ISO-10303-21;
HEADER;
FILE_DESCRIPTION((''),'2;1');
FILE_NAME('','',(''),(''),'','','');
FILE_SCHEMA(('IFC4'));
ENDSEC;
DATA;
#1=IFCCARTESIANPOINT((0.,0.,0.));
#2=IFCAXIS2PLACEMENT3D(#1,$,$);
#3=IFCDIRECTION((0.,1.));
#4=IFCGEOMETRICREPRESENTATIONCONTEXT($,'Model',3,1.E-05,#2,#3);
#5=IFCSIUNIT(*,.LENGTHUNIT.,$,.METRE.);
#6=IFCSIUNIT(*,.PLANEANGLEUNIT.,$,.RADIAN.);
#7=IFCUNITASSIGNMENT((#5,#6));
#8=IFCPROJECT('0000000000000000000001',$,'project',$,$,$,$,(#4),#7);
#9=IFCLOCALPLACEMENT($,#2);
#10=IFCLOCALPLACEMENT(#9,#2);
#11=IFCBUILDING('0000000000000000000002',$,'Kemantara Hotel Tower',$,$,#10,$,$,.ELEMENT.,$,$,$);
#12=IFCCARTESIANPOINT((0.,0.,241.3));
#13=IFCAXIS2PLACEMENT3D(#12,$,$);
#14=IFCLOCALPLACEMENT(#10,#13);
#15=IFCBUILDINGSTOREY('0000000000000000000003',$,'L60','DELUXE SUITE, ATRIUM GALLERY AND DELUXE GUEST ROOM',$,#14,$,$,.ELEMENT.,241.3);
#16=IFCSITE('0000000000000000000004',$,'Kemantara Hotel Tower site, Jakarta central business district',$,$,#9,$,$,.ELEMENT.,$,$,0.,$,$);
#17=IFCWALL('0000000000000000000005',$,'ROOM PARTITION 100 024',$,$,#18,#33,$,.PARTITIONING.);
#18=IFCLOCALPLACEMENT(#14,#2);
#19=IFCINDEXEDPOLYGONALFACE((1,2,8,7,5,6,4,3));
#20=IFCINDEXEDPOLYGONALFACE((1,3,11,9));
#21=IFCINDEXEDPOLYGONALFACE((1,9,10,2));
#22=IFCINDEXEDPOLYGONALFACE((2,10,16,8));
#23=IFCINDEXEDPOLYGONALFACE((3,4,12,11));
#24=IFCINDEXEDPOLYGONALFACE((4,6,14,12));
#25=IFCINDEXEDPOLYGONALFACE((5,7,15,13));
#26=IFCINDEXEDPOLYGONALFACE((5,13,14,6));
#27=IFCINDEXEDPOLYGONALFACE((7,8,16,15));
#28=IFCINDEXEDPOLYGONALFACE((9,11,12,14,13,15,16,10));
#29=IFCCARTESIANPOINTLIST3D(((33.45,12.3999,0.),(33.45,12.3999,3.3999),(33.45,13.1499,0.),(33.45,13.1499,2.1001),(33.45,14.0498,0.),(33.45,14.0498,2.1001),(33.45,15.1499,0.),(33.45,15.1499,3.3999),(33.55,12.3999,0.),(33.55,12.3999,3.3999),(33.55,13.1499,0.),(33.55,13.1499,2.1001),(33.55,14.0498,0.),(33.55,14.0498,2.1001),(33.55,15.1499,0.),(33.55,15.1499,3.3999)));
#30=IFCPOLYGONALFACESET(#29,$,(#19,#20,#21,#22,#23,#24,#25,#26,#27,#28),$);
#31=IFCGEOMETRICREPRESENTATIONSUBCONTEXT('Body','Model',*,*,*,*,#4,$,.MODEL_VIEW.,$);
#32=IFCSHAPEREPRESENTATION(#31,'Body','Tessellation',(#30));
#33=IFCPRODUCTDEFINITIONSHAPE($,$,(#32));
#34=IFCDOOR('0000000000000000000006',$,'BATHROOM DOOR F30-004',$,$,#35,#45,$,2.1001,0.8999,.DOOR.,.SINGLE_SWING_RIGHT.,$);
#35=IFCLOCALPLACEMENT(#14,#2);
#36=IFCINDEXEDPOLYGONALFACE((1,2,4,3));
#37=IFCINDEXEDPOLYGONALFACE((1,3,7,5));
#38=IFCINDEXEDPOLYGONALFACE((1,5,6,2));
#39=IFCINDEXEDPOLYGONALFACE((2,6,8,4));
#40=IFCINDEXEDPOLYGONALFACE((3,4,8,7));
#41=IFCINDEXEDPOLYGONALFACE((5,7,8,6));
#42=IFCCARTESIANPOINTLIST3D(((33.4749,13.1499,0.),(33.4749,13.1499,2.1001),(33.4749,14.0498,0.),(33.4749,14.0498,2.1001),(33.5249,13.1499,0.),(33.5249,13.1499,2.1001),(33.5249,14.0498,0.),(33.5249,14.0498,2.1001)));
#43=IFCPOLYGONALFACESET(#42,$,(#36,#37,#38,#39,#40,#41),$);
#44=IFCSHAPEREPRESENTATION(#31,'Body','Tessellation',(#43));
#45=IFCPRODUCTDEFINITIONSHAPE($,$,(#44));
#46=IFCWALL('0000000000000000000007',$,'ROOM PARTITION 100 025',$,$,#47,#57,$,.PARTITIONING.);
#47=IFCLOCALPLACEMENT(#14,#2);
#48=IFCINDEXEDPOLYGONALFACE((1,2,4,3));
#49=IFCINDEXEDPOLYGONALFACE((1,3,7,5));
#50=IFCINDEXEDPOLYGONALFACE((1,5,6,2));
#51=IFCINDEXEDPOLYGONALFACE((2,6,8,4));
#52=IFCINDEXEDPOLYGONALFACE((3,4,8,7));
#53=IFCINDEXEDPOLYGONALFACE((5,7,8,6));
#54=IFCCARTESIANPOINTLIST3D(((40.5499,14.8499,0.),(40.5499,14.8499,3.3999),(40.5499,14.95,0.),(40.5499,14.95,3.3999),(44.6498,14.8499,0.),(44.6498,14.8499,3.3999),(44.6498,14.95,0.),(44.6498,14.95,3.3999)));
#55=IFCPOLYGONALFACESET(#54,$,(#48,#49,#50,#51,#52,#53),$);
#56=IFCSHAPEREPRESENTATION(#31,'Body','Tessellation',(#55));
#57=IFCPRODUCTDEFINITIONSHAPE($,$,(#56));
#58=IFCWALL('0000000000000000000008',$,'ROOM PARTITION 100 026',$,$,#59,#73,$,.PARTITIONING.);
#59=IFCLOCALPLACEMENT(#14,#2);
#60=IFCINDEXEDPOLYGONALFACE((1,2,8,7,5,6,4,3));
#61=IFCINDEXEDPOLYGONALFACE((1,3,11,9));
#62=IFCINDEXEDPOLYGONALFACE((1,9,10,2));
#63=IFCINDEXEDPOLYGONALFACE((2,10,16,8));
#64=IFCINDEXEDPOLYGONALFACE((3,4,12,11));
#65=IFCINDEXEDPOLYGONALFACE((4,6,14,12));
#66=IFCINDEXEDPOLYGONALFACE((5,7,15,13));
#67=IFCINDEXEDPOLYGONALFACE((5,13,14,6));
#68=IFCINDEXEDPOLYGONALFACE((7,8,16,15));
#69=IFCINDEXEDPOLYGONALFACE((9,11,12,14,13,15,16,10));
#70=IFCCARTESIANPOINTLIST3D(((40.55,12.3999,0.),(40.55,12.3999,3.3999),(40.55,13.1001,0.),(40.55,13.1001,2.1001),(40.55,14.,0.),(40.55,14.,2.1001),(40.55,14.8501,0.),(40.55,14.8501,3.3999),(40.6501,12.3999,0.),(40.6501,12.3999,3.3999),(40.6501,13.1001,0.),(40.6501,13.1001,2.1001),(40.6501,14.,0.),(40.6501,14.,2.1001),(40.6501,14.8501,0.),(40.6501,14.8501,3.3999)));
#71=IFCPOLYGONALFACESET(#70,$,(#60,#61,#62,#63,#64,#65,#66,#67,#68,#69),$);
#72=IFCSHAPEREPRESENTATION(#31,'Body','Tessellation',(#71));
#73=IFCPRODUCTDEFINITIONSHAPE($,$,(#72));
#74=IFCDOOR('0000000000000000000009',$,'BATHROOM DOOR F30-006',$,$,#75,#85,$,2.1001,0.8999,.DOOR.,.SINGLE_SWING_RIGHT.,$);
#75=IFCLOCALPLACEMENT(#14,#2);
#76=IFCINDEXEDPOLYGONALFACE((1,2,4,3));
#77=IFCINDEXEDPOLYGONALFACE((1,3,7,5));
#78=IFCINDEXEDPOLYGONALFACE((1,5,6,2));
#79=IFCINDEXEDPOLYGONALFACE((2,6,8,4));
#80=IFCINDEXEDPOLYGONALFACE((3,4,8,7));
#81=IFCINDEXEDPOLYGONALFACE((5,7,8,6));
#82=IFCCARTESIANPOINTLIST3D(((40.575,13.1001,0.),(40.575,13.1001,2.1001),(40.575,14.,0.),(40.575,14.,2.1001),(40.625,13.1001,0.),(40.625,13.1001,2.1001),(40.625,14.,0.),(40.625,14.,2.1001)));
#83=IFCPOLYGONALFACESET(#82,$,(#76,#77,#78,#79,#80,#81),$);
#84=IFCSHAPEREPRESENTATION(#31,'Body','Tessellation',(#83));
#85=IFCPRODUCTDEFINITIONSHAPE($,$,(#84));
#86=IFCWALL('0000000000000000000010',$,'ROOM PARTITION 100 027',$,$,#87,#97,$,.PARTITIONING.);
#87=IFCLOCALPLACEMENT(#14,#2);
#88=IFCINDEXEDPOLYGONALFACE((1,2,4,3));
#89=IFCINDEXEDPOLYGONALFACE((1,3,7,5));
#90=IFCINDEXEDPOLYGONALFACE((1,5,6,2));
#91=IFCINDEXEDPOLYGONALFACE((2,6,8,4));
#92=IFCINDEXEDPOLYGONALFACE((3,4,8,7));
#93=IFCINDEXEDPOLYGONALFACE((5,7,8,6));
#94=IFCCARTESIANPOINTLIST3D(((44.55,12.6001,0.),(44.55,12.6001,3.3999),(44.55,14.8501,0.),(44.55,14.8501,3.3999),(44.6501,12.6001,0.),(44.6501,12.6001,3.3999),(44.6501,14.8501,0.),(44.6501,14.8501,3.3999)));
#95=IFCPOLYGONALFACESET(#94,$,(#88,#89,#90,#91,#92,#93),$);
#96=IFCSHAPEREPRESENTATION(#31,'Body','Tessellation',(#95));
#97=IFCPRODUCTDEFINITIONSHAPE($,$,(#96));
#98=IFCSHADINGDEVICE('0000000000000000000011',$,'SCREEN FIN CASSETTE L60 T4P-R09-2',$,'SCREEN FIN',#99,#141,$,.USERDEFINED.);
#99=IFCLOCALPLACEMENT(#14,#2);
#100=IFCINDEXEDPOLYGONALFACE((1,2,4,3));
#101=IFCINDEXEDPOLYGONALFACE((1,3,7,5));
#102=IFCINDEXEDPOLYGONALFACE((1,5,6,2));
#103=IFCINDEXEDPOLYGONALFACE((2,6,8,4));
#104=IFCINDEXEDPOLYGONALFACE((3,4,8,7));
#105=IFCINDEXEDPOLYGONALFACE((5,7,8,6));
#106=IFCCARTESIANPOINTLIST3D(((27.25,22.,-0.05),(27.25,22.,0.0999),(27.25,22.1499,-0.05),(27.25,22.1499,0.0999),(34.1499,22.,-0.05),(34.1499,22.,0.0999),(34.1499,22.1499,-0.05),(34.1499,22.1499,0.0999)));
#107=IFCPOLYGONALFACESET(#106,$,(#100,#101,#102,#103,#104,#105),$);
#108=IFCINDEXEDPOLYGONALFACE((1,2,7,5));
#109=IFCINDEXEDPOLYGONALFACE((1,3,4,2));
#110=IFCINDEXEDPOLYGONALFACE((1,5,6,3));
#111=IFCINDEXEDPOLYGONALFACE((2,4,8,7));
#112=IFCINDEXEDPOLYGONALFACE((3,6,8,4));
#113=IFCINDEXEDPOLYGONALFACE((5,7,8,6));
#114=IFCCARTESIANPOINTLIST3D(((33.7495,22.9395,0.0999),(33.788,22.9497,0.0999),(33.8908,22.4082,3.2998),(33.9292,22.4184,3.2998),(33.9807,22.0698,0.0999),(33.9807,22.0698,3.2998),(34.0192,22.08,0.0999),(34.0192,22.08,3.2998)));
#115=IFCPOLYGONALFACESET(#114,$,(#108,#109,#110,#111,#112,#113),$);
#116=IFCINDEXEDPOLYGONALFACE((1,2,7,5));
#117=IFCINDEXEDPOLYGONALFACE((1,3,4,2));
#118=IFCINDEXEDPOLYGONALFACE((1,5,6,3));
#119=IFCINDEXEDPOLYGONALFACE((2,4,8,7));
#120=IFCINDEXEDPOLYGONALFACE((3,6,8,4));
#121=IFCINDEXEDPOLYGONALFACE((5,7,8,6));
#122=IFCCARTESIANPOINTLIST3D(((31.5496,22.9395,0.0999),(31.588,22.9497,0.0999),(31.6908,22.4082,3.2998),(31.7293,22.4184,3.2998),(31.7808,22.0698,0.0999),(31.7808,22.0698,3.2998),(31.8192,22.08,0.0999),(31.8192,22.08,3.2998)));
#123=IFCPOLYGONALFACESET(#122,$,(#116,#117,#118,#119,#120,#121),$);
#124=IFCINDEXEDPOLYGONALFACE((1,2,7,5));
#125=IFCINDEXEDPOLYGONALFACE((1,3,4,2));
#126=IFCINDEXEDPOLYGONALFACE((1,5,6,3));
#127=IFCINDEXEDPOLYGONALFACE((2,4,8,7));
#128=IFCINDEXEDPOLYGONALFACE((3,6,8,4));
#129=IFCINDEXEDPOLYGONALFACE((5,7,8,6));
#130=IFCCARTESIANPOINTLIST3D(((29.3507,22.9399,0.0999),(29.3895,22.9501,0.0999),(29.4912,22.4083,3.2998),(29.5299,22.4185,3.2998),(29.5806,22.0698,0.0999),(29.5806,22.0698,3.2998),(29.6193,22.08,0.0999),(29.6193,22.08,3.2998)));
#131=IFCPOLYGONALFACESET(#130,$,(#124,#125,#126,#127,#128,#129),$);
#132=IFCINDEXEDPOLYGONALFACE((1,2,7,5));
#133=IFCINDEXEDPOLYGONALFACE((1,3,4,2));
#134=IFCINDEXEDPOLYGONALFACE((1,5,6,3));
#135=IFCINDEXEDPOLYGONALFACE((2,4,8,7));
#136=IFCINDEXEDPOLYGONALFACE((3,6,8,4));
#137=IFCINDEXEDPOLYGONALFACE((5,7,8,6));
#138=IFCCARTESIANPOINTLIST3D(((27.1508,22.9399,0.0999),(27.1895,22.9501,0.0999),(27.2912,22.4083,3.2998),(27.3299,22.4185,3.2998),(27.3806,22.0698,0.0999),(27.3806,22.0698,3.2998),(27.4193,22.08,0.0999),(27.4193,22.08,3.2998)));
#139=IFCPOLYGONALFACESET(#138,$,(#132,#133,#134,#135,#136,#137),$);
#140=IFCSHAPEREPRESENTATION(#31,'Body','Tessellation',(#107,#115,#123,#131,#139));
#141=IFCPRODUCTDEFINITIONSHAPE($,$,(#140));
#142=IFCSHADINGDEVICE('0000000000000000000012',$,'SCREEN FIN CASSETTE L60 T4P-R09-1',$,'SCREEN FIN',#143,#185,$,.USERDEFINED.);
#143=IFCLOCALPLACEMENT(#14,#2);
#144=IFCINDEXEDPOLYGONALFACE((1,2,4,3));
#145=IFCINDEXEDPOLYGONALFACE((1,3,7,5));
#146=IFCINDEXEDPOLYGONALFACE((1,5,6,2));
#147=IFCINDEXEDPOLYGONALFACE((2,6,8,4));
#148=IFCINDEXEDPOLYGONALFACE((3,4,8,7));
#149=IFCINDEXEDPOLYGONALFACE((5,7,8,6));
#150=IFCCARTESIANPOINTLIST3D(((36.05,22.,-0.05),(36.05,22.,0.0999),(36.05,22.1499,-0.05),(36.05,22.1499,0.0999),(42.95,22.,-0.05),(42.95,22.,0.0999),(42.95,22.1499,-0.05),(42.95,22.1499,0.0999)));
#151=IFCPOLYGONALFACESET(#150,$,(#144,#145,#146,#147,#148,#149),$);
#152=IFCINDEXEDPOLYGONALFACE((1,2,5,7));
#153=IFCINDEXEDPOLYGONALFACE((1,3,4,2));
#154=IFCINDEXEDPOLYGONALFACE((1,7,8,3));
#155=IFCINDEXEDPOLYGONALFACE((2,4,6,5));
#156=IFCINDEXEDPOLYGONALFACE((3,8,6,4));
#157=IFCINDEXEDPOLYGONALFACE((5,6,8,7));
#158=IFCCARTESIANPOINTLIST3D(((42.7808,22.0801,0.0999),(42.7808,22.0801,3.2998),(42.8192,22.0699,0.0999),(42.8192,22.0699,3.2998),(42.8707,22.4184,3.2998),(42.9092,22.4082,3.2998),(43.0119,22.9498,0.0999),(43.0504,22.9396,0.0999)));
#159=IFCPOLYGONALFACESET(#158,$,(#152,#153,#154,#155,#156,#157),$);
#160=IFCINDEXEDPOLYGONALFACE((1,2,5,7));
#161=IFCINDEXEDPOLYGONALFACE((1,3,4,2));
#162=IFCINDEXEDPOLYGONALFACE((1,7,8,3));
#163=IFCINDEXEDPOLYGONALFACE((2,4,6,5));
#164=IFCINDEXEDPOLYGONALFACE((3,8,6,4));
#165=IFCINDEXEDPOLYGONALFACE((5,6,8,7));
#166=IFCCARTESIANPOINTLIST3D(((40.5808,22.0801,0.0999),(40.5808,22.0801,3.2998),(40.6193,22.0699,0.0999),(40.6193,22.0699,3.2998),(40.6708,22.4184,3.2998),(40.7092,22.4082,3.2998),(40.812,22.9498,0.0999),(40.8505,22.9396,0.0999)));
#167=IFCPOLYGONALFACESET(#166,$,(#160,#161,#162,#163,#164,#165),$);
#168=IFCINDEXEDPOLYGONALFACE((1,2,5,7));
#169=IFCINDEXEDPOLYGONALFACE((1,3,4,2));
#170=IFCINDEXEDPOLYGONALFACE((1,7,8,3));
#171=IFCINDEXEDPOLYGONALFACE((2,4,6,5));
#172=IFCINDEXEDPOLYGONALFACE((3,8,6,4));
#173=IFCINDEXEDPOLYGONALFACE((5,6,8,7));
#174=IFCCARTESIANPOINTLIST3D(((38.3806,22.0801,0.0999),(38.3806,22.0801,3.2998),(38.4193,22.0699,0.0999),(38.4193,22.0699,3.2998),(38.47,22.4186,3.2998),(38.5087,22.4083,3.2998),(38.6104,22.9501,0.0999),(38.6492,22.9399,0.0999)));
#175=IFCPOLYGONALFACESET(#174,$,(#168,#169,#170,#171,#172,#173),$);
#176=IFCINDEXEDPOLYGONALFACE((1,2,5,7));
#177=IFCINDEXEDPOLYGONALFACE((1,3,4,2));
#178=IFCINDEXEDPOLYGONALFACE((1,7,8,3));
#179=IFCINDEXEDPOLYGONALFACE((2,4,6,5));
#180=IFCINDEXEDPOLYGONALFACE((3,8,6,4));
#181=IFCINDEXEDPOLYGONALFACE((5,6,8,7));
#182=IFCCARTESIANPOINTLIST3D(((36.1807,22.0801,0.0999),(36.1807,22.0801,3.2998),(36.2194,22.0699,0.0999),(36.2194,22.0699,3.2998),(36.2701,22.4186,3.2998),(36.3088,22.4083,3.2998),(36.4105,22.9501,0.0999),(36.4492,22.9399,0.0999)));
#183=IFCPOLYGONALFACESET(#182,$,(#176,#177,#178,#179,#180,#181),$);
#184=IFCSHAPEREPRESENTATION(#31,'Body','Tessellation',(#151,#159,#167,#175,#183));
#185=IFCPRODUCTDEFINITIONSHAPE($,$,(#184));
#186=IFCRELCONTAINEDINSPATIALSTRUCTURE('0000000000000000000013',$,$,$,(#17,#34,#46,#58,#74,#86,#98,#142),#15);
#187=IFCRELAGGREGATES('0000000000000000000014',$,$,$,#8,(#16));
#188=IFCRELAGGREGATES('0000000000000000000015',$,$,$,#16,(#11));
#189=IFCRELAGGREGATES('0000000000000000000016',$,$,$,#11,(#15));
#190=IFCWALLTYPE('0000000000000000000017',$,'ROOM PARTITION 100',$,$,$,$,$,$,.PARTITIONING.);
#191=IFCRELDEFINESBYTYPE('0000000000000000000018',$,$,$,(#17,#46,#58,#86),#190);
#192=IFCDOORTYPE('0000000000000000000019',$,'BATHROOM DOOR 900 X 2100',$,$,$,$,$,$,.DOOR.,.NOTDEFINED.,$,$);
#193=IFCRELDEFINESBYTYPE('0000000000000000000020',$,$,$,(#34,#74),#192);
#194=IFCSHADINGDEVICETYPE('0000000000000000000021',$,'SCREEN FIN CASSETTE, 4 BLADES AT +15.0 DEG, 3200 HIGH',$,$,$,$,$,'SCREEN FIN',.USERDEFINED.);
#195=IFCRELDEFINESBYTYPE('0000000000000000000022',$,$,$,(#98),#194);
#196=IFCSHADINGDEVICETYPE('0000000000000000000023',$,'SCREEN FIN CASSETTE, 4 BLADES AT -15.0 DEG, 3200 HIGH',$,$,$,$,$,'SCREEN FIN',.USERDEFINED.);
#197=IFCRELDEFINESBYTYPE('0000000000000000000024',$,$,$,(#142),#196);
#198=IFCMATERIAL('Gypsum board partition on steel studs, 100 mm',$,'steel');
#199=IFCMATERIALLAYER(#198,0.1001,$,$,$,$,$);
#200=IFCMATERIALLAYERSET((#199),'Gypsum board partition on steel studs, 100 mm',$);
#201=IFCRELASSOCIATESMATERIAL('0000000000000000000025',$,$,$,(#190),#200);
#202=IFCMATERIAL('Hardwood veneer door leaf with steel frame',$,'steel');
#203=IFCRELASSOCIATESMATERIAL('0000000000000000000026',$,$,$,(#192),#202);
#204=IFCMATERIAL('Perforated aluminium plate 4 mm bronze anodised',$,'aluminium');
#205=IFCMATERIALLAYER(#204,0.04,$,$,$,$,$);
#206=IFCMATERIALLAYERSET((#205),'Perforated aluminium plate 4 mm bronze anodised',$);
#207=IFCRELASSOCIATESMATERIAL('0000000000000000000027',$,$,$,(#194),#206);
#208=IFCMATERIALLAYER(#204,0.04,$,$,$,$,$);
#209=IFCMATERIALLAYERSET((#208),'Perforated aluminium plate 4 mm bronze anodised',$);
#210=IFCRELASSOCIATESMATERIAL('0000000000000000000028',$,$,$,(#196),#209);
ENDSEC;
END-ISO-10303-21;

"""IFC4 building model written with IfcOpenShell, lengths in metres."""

from ifc_helpers import new_model, si_unit, direction, frame, frame_2d, origin, origin_2d, place, context, subcontext, project, spatial, polyline, rectangle, outline, extrude, source, transform, mapped, material, layer, layer_set, type_object, element, fill, save


model = new_model("IFC4")

# Units and contexts
model_context = context("Model", 3, precision=1e-05, world=origin(), true_north=direction((0.0, 1.0)))
body_context = subcontext(model_context, "Body", "Model", "MODEL_VIEW")
ifc_project = project(units=[si_unit("LENGTHUNIT", "METRE"), si_unit("PLANEANGLEUNIT", "RADIAN")], contexts=[model_context])

# Site, building, storey
site_placement = place(None, origin())
site = spatial("IfcSite", under=ifc_project, at=site_placement, Name="Kemantara Hotel Tower site, Jakarta central business district", CompositionType="ELEMENT", RefElevation=0.0)
building_placement = place(site_placement, origin())
building = spatial("IfcBuilding", under=site, at=building_placement, Name="Kemantara Hotel Tower", CompositionType="ELEMENT")
storey_placement = place(building_placement, frame((0.0, 0.0, 241.3)))
storey = spatial("IfcBuildingStorey", under=building, at=storey_placement, Name="L60", Description="DELUXE SUITE, ATRIUM GALLERY AND DELUXE GUEST ROOM", CompositionType="ELEMENT", Elevation=241.3)

# Shared definitions
ifc_material_1 = material(Name="Gypsum board partition on steel studs, 100 mm", Category="steel")
ifc_layer_1 = layer(ifc_material_1, 0.1001)
ifc_layer_set_1 = layer_set([ifc_layer_1], Name="Gypsum board partition on steel studs, 100 mm")
wall_type_1 = type_object("IfcWallType", Name="ROOM PARTITION 100", PredefinedType="PARTITIONING", material=ifc_layer_set_1)

# Wall, opening, door
wall_1_placement = place(storey_placement, frame((33.5, 15.1499, 0.0), z_axis=(0.0, 0.0, 1.0), x_axis=(0.0, -1.0, 0.0)))
wall_1 = element("IfcWall", 1, at=wall_1_placement, inside=storey, type_object=wall_type_1, Name="ROOM PARTITION 100 024", PredefinedType="PARTITIONING", context=body_context, shape_type="SweptSolid", body=[
    extrude(rectangle(XDim=2.75, YDim=0.1001, at=frame_2d((1.375, 0.0))), origin(), (0.0, 0.0, 1.0), 3.3999),
])
opening_1_placement = place(wall_1_placement, frame((1.1001, 0.0, 0.0)))
opening_1 = element("IfcOpeningElement", 2, at=opening_1_placement, cuts=wall_1, PredefinedType="OPENING", context=body_context, shape_type="SweptSolid", body=[
    extrude(rectangle(XDim=0.8999, YDim=2.1001, at=frame_2d((0.45, 1.05))), frame((0.0, 0.0601, 0.0), z_axis=(0.0, -1.0, 0.0), x_axis=(1.0, 0.0, 0.0)), (0.0, 0.0, 1.0), 0.1201),
])
ifc_material_2 = material(Name="Hardwood veneer door leaf with steel frame", Category="steel")
door_type = type_object("IfcDoorType", Name="BATHROOM DOOR 900 X 2100", OperationType="NOTDEFINED", PredefinedType="DOOR", material=ifc_material_2)
door_1_placement = place(opening_1_placement, origin())
door_1 = element("IfcDoor", 3, at=door_1_placement, inside=storey, type_object=door_type, Name="BATHROOM DOOR F30-004", OperationType="SINGLE_SWING_RIGHT", OverallHeight=2.1001, OverallWidth=0.8999, PredefinedType="DOOR", context=body_context, shape_type="SweptSolid", body=[
    extrude(rectangle(XDim=0.8999, YDim=2.1001, at=frame_2d((0.45, 1.05))), frame((0.0, 0.0249, 0.0), z_axis=(0.0, -1.0, 0.0), x_axis=(1.0, 0.0, 0.0)), (0.0, 0.0, 1.0), 0.05),
])
fill(opening_1, door_1)

# Wall
wall_2_placement = place(storey_placement, frame((40.55, 14.8999, 0.0), z_axis=(0.0, 0.0, 1.0), x_axis=(1.0, 0.0, 0.0)))
element("IfcWall", 4, at=wall_2_placement, inside=storey, type_object=wall_type_1, Name="ROOM PARTITION 100 025", PredefinedType="PARTITIONING", context=body_context, shape_type="SweptSolid", body=[
    extrude(rectangle(XDim=4.0999, YDim=0.1001, at=frame_2d((2.0498, 0.0))), origin(), (0.0, 0.0, 1.0), 3.3999),
])

# Wall, opening, door
wall_3_placement = place(storey_placement, frame((40.6001, 14.8501, 0.0), z_axis=(0.0, 0.0, 1.0), x_axis=(0.0, -1.0, 0.0)))
wall_3 = element("IfcWall", 5, at=wall_3_placement, inside=storey, type_object=wall_type_1, Name="ROOM PARTITION 100 026", PredefinedType="PARTITIONING", context=body_context, shape_type="SweptSolid", body=[
    extrude(rectangle(XDim=2.4502, YDim=0.1001, at=frame_2d((1.2251, 0.0))), origin(), (0.0, 0.0, 1.0), 3.3999),
])
opening_2_placement = place(wall_3_placement, frame((0.8501, 0.0, 0.0)))
opening_2 = element("IfcOpeningElement", 6, at=opening_2_placement, cuts=wall_3, PredefinedType="OPENING", context=body_context, shape_type="SweptSolid", body=[
    extrude(rectangle(XDim=0.8999, YDim=2.1001, at=frame_2d((0.45, 1.05))), frame((0.0, 0.0601, 0.0), z_axis=(0.0, -1.0, 0.0), x_axis=(1.0, 0.0, 0.0)), (0.0, 0.0, 1.0), 0.1201),
])
door_2_placement = place(opening_2_placement, origin())
door_2 = element("IfcDoor", 7, at=door_2_placement, inside=storey, type_object=door_type, Name="BATHROOM DOOR F30-006", OperationType="SINGLE_SWING_RIGHT", OverallHeight=2.1001, OverallWidth=0.8999, PredefinedType="DOOR", context=body_context, shape_type="SweptSolid", body=[
    extrude(rectangle(XDim=0.8999, YDim=2.1001, at=frame_2d((0.45, 1.05))), frame((0.0, 0.0249, 0.0), z_axis=(0.0, -1.0, 0.0), x_axis=(1.0, 0.0, 0.0)), (0.0, 0.0, 1.0), 0.05),
])
fill(opening_2, door_2)

# Wall
wall_4_placement = place(storey_placement, frame((44.6001, 12.6001, 0.0), z_axis=(0.0, 0.0, 1.0), x_axis=(0.0, 1.0, 0.0)))
element("IfcWall", 8, at=wall_4_placement, inside=storey, type_object=wall_type_1, Name="ROOM PARTITION 100 027", PredefinedType="PARTITIONING", context=body_context, shape_type="SweptSolid", body=[
    extrude(rectangle(XDim=2.25, YDim=0.1001, at=frame_2d((1.125, 0.0))), origin(), (0.0, 0.0, 1.0), 3.3999),
])

# Shading devices
ifc_material_3 = material(Name="Perforated aluminium plate 4 mm bronze anodised", Category="aluminium")
ifc_layer_2 = layer(ifc_material_3, 0.04)
ifc_layer_set_2 = layer_set([ifc_layer_2], Name="Perforated aluminium plate 4 mm bronze anodised")
shading_device_type_1 = type_object("IfcShadingDeviceType", Name="SCREEN FIN CASSETTE, 4 BLADES AT +15.0 DEG, 3200 HIGH", ElementType="SCREEN FIN", PredefinedType="USERDEFINED", material=ifc_layer_set_2)
shared_shape_1 = source(origin(), body_context, "Body", "SweptSolid", [
    extrude(rectangle(XDim=6.8999, YDim=0.1499, at=origin_2d()), frame((3.3, -0.075, -0.1499), z_axis=(0.0, 0.0, 1.0), x_axis=(1.0, 0.0, 0.0)), (0.0, 0.0, 1.0), 0.1499),
    extrude(outline(polyline([(0.0, 0.0), (0.8999, 0.0), (0.3501, 3.2), (0.0, 3.2), (0.0, 0.0)])), frame((0.0193, -0.0698, 0.0), z_axis=(-0.966438, -0.256901, 0.0), x_axis=(0.256901, -0.966438, 0.0)), (0.0, 0.0, 1.0), 0.0398),
    extrude(outline(polyline([(0.0, 0.0), (0.8999, 0.0), (0.3501, 3.2), (0.0, 3.2), (0.0, 0.0)])), frame((2.2192, -0.0698, 0.0), z_axis=(-0.966438, -0.256901, 0.0), x_axis=(0.256901, -0.966438, 0.0)), (0.0, 0.0, 1.0), 0.0398),
    extrude(outline(polyline([(0.0, 0.0), (0.8999, 0.0), (0.3501, 3.2), (0.0, 3.2), (0.0, 0.0)])), frame((4.4194, -0.0698, 0.0), z_axis=(-0.966838, -0.255391, 0.0), x_axis=(0.255391, -0.966838, 0.0)), (0.0, 0.0, 1.0), 0.04),
    extrude(outline(polyline([(0.0, 0.0), (0.8999, 0.0), (0.3501, 3.2), (0.0, 3.2), (0.0, 0.0)])), frame((6.6194, -0.0698, 0.0), z_axis=(-0.966838, -0.255391, 0.0), x_axis=(0.255391, -0.966838, 0.0)), (0.0, 0.0, 1.0), 0.04),
])
shading_device_1_placement = place(storey_placement, frame((34.0, 22.0, 0.0999), z_axis=(0.0, 0.0, 1.0), x_axis=(-1.0, 0.0, 0.0)))
element("IfcShadingDevice", 9, at=shading_device_1_placement, inside=storey, type_object=shading_device_type_1, Name="SCREEN FIN CASSETTE L60 T4P-R09-2", ObjectType="SCREEN FIN", PredefinedType="USERDEFINED", context=body_context, shape_type="MappedRepresentation", body=[
    mapped(shared_shape_1, transform((0.0, 0.0, 0.0))),
])
ifc_layer_3 = layer(ifc_material_3, 0.04)
ifc_layer_set_3 = layer_set([ifc_layer_3], Name="Perforated aluminium plate 4 mm bronze anodised")
shading_device_type_2 = type_object("IfcShadingDeviceType", Name="SCREEN FIN CASSETTE, 4 BLADES AT -15.0 DEG, 3200 HIGH", ElementType="SCREEN FIN", PredefinedType="USERDEFINED", material=ifc_layer_set_3)
shared_shape_2 = source(origin(), body_context, "Body", "SweptSolid", [
    extrude(rectangle(XDim=6.8999, YDim=0.1499, at=origin_2d()), frame((3.3, -0.075, -0.1499), z_axis=(0.0, 0.0, 1.0), x_axis=(1.0, 0.0, 0.0)), (0.0, 0.0, 1.0), 0.1499),
    extrude(outline(polyline([(0.0, 0.0), (0.8999, 0.0), (0.3501, 3.2), (0.0, 3.2), (0.0, 0.0)])), frame((0.0193, -0.0801, 0.0), z_axis=(-0.966438, 0.256901, 0.0), x_axis=(-0.256901, -0.966438, 0.0)), (0.0, 0.0, 1.0), 0.0398),
    extrude(outline(polyline([(0.0, 0.0), (0.8999, 0.0), (0.3501, 3.2), (0.0, 3.2), (0.0, 0.0)])), frame((2.2192, -0.0801, 0.0), z_axis=(-0.966438, 0.256901, 0.0), x_axis=(-0.256901, -0.966438, 0.0)), (0.0, 0.0, 1.0), 0.0398),
    extrude(outline(polyline([(0.0, 0.0), (0.8999, 0.0), (0.3501, 3.2), (0.0, 3.2), (0.0, 0.0)])), frame((4.4194, -0.0801, 0.0), z_axis=(-0.966838, 0.255391, 0.0), x_axis=(-0.255391, -0.966838, 0.0)), (0.0, 0.0, 1.0), 0.04),
    extrude(outline(polyline([(0.0, 0.0), (0.8999, 0.0), (0.3501, 3.2), (0.0, 3.2), (0.0, 0.0)])), frame((6.6194, -0.0801, 0.0), z_axis=(-0.966838, 0.255391, 0.0), x_axis=(-0.255391, -0.966838, 0.0)), (0.0, 0.0, 1.0), 0.04),
])
shading_device_2_placement = place(storey_placement, frame((42.8, 22.0, 0.0999), z_axis=(0.0, 0.0, 1.0), x_axis=(-1.0, 0.0, 0.0)))
element("IfcShadingDevice", 10, at=shading_device_2_placement, inside=storey, type_object=shading_device_type_2, Name="SCREEN FIN CASSETTE L60 T4P-R09-1", ObjectType="SCREEN FIN", PredefinedType="USERDEFINED", context=body_context, shape_type="MappedRepresentation", body=[
    mapped(shared_shape_2, transform((0.0, 0.0, 0.0))),
])

save(model, "model.ifc")
